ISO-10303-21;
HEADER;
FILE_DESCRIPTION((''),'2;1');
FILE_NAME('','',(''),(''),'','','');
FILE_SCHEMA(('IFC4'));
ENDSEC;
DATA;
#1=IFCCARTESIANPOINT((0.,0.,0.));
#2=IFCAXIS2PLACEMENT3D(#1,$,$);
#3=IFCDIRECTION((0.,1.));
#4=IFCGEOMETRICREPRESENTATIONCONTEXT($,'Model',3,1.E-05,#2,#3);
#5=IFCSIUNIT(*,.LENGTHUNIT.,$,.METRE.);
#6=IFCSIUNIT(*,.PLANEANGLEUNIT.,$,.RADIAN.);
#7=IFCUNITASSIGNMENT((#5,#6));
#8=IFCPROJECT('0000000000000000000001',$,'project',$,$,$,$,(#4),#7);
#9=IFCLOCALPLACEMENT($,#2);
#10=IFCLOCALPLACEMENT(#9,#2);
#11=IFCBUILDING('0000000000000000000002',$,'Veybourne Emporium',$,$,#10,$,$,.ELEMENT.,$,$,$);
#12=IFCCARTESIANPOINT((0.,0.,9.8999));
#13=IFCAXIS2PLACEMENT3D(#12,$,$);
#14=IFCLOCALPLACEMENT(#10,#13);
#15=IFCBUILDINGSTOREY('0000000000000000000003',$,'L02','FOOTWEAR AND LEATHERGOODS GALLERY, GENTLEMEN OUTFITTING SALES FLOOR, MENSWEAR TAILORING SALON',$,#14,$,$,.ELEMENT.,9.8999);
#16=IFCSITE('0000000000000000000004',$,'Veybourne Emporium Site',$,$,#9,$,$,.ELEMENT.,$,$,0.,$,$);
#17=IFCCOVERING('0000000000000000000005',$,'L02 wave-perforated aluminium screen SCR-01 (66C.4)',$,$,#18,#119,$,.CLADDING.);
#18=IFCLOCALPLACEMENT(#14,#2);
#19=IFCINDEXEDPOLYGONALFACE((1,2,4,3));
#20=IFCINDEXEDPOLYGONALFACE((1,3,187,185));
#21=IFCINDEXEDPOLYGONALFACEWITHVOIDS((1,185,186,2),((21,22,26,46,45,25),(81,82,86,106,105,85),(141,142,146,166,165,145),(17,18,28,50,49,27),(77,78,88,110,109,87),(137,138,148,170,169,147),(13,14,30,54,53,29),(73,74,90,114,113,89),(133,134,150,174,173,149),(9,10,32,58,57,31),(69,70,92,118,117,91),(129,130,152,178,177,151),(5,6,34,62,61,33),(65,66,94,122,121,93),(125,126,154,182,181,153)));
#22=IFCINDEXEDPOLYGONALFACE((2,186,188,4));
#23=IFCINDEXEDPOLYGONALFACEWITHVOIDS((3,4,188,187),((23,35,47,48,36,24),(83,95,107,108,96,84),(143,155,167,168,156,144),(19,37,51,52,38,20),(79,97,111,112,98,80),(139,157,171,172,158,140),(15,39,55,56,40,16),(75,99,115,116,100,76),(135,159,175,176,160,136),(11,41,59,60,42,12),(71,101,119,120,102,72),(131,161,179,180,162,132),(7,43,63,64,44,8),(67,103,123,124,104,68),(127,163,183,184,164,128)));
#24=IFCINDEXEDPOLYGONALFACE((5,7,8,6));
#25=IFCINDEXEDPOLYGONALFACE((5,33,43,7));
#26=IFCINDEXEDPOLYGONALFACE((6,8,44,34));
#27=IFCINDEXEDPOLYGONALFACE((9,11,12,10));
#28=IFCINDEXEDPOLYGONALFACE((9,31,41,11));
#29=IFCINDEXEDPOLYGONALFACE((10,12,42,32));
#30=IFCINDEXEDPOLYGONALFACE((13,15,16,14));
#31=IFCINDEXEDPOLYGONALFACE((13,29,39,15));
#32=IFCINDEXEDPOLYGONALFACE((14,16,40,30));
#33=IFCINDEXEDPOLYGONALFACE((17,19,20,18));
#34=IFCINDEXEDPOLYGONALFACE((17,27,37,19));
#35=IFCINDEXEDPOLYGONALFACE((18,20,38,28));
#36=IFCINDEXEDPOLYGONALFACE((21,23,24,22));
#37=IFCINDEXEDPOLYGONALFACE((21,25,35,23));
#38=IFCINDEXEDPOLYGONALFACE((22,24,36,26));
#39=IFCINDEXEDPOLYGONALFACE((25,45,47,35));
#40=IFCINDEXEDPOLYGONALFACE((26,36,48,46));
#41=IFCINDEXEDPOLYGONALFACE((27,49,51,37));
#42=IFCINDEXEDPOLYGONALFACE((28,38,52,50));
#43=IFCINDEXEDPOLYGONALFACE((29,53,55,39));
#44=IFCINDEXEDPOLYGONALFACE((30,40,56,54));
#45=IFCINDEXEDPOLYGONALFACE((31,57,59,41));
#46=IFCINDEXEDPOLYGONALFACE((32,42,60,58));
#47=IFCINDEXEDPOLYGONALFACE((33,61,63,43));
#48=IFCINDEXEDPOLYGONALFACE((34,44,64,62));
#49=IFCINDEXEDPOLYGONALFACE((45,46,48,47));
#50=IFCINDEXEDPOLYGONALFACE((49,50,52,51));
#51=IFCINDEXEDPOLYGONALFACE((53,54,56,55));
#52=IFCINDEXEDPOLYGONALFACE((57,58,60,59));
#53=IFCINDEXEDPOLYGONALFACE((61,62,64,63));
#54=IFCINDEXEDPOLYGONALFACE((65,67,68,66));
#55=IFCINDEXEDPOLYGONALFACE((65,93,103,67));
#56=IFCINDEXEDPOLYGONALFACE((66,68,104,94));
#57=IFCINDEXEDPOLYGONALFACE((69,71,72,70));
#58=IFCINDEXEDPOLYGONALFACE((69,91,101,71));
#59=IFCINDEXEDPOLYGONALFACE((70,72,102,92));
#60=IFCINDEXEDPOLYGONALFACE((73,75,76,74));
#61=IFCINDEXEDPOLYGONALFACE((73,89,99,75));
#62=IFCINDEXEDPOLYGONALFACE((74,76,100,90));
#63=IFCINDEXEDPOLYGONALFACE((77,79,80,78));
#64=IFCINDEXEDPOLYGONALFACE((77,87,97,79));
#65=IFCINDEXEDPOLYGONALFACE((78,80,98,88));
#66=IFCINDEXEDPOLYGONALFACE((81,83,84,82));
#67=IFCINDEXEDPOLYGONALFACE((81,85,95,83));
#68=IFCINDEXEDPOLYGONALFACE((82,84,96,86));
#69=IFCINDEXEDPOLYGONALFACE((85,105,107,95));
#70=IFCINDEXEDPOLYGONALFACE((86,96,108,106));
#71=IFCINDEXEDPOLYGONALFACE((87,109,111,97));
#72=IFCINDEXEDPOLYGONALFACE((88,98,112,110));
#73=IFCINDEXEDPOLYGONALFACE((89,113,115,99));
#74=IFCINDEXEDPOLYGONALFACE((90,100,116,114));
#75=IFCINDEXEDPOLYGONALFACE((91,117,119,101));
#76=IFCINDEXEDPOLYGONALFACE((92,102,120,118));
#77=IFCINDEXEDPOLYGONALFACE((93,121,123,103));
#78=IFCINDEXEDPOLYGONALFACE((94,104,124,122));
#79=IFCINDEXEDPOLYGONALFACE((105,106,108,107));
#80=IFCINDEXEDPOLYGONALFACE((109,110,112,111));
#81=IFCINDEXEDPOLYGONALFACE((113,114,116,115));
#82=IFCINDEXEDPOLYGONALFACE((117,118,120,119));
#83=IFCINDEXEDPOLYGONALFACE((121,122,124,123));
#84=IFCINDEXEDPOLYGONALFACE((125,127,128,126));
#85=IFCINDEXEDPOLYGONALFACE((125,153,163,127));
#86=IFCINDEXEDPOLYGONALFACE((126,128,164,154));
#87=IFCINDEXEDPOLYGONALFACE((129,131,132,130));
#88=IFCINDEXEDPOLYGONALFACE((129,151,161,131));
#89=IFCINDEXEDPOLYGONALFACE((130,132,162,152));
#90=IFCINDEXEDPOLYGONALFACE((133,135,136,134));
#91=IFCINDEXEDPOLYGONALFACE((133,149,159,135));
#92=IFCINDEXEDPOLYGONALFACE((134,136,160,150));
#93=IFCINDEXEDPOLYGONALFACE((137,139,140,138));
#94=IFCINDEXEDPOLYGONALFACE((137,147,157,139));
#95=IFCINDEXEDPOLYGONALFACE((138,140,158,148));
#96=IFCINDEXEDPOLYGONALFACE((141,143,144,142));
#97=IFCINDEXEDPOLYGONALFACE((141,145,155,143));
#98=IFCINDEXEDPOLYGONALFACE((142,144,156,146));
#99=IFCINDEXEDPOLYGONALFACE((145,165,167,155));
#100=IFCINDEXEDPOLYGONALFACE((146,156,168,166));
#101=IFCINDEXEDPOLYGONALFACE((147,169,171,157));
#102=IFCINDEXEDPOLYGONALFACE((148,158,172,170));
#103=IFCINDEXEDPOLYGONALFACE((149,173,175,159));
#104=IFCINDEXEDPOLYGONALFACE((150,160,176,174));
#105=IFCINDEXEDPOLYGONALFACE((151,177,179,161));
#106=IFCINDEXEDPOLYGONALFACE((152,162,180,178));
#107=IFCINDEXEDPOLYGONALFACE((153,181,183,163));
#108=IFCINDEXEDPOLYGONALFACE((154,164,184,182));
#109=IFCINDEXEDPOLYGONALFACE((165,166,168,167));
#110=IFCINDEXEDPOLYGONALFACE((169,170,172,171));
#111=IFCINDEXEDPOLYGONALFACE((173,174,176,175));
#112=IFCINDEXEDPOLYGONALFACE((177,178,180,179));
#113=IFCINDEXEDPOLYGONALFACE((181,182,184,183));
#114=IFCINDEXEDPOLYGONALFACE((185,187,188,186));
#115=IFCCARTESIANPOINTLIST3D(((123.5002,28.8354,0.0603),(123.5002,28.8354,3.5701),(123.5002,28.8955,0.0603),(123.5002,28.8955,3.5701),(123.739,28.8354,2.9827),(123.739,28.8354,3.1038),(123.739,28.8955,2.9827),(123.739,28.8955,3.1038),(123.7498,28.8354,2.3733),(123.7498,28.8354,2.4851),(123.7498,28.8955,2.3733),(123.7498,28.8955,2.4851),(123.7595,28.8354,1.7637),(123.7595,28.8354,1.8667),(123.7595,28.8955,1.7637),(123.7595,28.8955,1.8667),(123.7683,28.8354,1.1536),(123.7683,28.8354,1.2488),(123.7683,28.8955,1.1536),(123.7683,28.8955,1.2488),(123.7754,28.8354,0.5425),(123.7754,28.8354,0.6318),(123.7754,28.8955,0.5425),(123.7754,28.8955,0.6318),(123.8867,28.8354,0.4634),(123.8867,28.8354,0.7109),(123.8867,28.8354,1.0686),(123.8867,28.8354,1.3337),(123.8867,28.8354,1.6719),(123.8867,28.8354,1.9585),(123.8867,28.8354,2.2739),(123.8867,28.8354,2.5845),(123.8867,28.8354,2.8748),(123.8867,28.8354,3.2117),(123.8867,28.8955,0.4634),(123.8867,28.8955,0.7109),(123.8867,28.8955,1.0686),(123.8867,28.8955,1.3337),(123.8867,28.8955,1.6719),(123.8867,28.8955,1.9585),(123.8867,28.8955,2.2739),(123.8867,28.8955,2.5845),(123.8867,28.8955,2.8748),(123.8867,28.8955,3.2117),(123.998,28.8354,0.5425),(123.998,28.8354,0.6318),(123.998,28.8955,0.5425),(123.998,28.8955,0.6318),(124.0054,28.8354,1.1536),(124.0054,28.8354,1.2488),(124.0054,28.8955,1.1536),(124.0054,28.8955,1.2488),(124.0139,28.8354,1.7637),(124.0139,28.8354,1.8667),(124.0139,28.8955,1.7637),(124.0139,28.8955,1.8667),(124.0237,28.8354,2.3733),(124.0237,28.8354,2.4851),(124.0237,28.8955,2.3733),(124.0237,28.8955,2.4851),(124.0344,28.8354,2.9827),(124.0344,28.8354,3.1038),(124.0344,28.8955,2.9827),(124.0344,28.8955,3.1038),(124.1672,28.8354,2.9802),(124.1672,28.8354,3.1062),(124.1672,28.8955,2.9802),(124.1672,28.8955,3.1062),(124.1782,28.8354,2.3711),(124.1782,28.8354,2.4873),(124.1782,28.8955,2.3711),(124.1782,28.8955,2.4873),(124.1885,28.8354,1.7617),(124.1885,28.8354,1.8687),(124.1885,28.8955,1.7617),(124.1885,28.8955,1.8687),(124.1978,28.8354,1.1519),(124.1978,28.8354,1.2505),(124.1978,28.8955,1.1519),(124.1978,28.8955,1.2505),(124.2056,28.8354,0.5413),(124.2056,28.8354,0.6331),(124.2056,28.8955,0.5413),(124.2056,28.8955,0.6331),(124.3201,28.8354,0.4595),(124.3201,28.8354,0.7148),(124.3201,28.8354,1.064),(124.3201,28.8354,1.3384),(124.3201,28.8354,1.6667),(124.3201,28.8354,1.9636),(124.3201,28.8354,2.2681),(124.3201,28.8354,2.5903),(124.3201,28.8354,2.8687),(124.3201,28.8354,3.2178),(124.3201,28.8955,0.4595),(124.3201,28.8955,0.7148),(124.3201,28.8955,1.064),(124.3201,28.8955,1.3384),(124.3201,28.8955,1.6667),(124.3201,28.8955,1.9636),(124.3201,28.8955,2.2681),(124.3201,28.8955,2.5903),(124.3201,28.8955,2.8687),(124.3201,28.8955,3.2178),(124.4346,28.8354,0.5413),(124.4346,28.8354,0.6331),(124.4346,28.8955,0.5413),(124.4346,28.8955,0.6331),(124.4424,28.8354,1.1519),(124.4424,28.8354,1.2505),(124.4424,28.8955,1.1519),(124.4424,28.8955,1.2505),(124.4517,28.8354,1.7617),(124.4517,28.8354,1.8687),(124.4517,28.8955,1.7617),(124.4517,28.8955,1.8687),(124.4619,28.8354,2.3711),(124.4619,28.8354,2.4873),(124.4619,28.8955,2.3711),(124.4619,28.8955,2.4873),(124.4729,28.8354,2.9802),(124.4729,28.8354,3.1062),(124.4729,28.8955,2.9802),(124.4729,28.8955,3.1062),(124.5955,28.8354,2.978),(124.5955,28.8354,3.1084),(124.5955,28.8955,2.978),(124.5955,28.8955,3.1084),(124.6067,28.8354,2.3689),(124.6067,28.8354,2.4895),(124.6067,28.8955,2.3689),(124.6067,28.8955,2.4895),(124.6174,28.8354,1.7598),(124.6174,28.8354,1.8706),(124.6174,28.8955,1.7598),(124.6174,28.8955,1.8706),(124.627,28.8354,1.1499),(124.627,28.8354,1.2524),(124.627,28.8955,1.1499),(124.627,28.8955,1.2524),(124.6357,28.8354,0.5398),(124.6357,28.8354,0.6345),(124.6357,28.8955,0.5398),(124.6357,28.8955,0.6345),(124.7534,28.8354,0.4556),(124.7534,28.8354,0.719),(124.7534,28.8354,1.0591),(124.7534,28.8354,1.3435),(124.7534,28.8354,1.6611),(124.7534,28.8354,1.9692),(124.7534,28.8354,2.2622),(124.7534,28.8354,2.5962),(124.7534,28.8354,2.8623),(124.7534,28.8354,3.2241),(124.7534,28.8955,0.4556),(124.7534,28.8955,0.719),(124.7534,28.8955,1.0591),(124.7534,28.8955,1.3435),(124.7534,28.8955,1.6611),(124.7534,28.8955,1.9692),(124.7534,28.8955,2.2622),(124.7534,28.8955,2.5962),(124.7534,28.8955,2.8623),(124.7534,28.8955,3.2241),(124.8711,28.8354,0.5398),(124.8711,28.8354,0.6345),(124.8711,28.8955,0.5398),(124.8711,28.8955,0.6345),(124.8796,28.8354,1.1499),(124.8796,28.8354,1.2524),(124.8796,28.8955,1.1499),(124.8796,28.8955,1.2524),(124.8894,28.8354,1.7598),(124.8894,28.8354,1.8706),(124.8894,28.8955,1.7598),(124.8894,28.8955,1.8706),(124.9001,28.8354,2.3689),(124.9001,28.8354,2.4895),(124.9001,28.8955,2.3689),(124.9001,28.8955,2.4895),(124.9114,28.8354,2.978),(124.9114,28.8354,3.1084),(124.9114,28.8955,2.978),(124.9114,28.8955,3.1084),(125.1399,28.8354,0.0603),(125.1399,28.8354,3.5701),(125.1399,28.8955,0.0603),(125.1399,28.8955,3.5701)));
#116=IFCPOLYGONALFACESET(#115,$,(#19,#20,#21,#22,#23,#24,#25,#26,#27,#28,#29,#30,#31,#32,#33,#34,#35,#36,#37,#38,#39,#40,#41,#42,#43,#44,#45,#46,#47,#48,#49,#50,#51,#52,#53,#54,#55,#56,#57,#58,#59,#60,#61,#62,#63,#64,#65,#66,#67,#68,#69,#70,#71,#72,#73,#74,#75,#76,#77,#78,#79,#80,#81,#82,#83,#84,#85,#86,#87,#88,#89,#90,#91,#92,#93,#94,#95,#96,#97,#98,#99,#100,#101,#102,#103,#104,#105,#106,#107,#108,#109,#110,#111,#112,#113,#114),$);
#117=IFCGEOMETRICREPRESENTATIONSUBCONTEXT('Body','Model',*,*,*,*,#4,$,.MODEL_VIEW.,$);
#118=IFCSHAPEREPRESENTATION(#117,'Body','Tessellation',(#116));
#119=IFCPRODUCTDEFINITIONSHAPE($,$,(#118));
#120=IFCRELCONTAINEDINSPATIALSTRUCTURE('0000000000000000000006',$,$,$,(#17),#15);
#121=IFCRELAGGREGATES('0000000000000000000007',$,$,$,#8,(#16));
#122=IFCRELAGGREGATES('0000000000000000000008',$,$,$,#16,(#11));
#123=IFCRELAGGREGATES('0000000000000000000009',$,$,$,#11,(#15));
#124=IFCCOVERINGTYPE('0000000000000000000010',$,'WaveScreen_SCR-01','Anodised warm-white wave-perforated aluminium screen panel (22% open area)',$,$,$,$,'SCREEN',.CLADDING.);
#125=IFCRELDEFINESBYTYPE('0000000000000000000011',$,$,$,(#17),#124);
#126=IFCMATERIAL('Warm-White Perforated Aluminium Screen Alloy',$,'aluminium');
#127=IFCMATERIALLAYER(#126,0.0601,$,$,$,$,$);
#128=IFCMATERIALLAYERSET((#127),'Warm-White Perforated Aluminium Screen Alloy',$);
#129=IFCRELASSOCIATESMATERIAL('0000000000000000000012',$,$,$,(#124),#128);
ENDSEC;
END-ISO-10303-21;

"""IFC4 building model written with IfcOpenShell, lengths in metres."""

from ifc_helpers import new_model, si_unit, direction, frame, origin, place, context, subcontext, project, spatial, polyline, outline, extrude, material, layer, layer_set, type_object, element, save


model = new_model("IFC4")

# Units and contexts
model_context = context("Model", 3, precision=1e-05, world=origin(), true_north=direction((0.0, 1.0)))
body_context = subcontext(model_context, "Body", "Model", "MODEL_VIEW")
ifc_project = project(units=[si_unit("LENGTHUNIT", "METRE"), si_unit("PLANEANGLEUNIT", "RADIAN")], contexts=[model_context])

# Site, building, storey
site_placement = place(None, origin())
site = spatial("IfcSite", under=ifc_project, at=site_placement, Name="Veybourne Emporium Site", CompositionType="ELEMENT", RefElevation=0.0)
building_placement = place(site_placement, origin())
building = spatial("IfcBuilding", under=site, at=building_placement, Name="Veybourne Emporium", CompositionType="ELEMENT")
storey_placement = place(building_placement, frame((0.0, 0.0, 9.8999)))
storey = spatial("IfcBuildingStorey", under=building, at=storey_placement, Name="L02", Description="FOOTWEAR AND LEATHERGOODS GALLERY, GENTLEMEN OUTFITTING SALES FLOOR, MENSWEAR TAILORING SALON", CompositionType="ELEMENT", Elevation=9.8999)

# Covering
ifc_material_1 = material(Name="Warm-White Perforated Aluminium Screen Alloy", Category="aluminium")
ifc_layer_1 = layer(ifc_material_1, 0.0601)
ifc_layer_set_1 = layer_set([ifc_layer_1], Name="Warm-White Perforated Aluminium Screen Alloy")
covering_type_1 = type_object("IfcCoveringType", Name="WaveScreen_SCR-01", Description="Anodised warm-white wave-perforated aluminium screen panel (22% open area)", ElementType="SCREEN", PredefinedType="CLADDING", material=ifc_layer_set_1)
covering_1_placement = place(storey_placement, frame((124.3201, 28.8955, 1.8152), z_axis=(0.0, -1.0, 0.0), x_axis=(1.0, 0.0, 0.0)))
element("IfcCovering", 1, at=covering_1_placement, inside=storey, type_object=covering_type_1, Name="L02 wave-perforated aluminium screen SCR-01 (66C.4)", PredefinedType="CLADDING", context=body_context, shape_type="SweptSolid", body=[
    extrude(outline(polyline([(-0.8198, -1.7549), (0.8198, -1.7549), (0.8198, 1.7549), (-0.8198, 1.7549), (-0.8198, -1.7549)]), holes=[polyline([(-0.4333, -1.1042), (-0.322, -1.1833), (-0.322, -1.2727), (-0.4333, -1.3518), (-0.5447, -1.2727), (-0.5447, -1.1833), (-0.4333, -1.1042)]), polyline([(-0.4333, -0.4814), (-0.3147, -0.5664), (-0.3147, -0.6616), (-0.4333, -0.7466), (-0.5518, -0.6616), (-0.5518, -0.5664), (-0.4333, -0.4814)]), polyline([(-0.4333, 0.1433), (-0.3062, 0.0515), (-0.3062, -0.0515), (-0.4333, -0.1433), (-0.5605, -0.0515), (-0.5605, 0.0515), (-0.4333, 0.1433)]), polyline([(-0.4333, 0.7693), (-0.2964, 0.6699), (-0.2964, 0.5581), (-0.4333, 0.4587), (-0.5703, 0.5581), (-0.5703, 0.6699), (-0.4333, 0.7693)]), polyline([(-0.4333, 1.3965), (-0.2856, 1.2886), (-0.2856, 1.1675), (-0.4333, 1.0596), (-0.5811, 1.1675), (-0.5811, 1.2886), (-0.4333, 1.3965)]), polyline([(0.0, -1.1003), (0.1145, -1.1821), (0.1145, -1.2739), (0.0, -1.3557), (-0.1145, -1.2739), (-0.1145, -1.1821), (0.0, -1.1003)]), polyline([(0.0, -0.4768), (0.1223, -0.5647), (0.1223, -0.6633), (0.0, -0.7512), (-0.1223, -0.6633), (-0.1223, -0.5647), (0.0, -0.4768)]), polyline([(0.0, 0.1484), (0.1316, 0.0535), (0.1316, -0.0535), (0.0, -0.1484), (-0.1316, -0.0535), (-0.1316, 0.0535), (0.0, 0.1484)]), polyline([(0.0, 0.7751), (0.1418, 0.6721), (0.1418, 0.5559), (0.0, 0.4529), (-0.1418, 0.5559), (-0.1418, 0.6721), (0.0, 0.7751)]), polyline([(0.0, 1.4026), (0.1528, 1.291), (0.1528, 1.165), (0.0, 1.0535), (-0.1528, 1.165), (-0.1528, 1.291), (0.0, 1.4026)]), polyline([(0.4333, -1.0962), (0.551, -1.1807), (0.551, -1.2754), (0.4333, -1.3596), (0.3157, -1.2754), (0.3157, -1.1807), (0.4333, -1.0962)]), polyline([(0.4333, -0.4717), (0.5596, -0.5627), (0.5596, -0.6653), (0.4333, -0.7561), (0.3069, -0.6653), (0.3069, -0.5627), (0.4333, -0.4717)]), polyline([(0.4333, 0.1541), (0.5693, 0.0554), (0.5693, -0.0554), (0.4333, -0.1541), (0.2974, -0.0554), (0.2974, 0.0554), (0.4333, 0.1541)]), polyline([(0.4333, 0.781), (0.5801, 0.6743), (0.5801, 0.5537), (0.4333, 0.447), (0.2866, 0.5537), (0.2866, 0.6743), (0.4333, 0.781)]), polyline([(0.4333, 1.4089), (0.5913, 1.2932), (0.5913, 1.1628), (0.4333, 1.0471), (0.2754, 1.1628), (0.2754, 1.2932), (0.4333, 1.4089)])]), origin(), (0.0, 0.0, 1.0), 0.0601),
])

save(model, "model.ifc")
